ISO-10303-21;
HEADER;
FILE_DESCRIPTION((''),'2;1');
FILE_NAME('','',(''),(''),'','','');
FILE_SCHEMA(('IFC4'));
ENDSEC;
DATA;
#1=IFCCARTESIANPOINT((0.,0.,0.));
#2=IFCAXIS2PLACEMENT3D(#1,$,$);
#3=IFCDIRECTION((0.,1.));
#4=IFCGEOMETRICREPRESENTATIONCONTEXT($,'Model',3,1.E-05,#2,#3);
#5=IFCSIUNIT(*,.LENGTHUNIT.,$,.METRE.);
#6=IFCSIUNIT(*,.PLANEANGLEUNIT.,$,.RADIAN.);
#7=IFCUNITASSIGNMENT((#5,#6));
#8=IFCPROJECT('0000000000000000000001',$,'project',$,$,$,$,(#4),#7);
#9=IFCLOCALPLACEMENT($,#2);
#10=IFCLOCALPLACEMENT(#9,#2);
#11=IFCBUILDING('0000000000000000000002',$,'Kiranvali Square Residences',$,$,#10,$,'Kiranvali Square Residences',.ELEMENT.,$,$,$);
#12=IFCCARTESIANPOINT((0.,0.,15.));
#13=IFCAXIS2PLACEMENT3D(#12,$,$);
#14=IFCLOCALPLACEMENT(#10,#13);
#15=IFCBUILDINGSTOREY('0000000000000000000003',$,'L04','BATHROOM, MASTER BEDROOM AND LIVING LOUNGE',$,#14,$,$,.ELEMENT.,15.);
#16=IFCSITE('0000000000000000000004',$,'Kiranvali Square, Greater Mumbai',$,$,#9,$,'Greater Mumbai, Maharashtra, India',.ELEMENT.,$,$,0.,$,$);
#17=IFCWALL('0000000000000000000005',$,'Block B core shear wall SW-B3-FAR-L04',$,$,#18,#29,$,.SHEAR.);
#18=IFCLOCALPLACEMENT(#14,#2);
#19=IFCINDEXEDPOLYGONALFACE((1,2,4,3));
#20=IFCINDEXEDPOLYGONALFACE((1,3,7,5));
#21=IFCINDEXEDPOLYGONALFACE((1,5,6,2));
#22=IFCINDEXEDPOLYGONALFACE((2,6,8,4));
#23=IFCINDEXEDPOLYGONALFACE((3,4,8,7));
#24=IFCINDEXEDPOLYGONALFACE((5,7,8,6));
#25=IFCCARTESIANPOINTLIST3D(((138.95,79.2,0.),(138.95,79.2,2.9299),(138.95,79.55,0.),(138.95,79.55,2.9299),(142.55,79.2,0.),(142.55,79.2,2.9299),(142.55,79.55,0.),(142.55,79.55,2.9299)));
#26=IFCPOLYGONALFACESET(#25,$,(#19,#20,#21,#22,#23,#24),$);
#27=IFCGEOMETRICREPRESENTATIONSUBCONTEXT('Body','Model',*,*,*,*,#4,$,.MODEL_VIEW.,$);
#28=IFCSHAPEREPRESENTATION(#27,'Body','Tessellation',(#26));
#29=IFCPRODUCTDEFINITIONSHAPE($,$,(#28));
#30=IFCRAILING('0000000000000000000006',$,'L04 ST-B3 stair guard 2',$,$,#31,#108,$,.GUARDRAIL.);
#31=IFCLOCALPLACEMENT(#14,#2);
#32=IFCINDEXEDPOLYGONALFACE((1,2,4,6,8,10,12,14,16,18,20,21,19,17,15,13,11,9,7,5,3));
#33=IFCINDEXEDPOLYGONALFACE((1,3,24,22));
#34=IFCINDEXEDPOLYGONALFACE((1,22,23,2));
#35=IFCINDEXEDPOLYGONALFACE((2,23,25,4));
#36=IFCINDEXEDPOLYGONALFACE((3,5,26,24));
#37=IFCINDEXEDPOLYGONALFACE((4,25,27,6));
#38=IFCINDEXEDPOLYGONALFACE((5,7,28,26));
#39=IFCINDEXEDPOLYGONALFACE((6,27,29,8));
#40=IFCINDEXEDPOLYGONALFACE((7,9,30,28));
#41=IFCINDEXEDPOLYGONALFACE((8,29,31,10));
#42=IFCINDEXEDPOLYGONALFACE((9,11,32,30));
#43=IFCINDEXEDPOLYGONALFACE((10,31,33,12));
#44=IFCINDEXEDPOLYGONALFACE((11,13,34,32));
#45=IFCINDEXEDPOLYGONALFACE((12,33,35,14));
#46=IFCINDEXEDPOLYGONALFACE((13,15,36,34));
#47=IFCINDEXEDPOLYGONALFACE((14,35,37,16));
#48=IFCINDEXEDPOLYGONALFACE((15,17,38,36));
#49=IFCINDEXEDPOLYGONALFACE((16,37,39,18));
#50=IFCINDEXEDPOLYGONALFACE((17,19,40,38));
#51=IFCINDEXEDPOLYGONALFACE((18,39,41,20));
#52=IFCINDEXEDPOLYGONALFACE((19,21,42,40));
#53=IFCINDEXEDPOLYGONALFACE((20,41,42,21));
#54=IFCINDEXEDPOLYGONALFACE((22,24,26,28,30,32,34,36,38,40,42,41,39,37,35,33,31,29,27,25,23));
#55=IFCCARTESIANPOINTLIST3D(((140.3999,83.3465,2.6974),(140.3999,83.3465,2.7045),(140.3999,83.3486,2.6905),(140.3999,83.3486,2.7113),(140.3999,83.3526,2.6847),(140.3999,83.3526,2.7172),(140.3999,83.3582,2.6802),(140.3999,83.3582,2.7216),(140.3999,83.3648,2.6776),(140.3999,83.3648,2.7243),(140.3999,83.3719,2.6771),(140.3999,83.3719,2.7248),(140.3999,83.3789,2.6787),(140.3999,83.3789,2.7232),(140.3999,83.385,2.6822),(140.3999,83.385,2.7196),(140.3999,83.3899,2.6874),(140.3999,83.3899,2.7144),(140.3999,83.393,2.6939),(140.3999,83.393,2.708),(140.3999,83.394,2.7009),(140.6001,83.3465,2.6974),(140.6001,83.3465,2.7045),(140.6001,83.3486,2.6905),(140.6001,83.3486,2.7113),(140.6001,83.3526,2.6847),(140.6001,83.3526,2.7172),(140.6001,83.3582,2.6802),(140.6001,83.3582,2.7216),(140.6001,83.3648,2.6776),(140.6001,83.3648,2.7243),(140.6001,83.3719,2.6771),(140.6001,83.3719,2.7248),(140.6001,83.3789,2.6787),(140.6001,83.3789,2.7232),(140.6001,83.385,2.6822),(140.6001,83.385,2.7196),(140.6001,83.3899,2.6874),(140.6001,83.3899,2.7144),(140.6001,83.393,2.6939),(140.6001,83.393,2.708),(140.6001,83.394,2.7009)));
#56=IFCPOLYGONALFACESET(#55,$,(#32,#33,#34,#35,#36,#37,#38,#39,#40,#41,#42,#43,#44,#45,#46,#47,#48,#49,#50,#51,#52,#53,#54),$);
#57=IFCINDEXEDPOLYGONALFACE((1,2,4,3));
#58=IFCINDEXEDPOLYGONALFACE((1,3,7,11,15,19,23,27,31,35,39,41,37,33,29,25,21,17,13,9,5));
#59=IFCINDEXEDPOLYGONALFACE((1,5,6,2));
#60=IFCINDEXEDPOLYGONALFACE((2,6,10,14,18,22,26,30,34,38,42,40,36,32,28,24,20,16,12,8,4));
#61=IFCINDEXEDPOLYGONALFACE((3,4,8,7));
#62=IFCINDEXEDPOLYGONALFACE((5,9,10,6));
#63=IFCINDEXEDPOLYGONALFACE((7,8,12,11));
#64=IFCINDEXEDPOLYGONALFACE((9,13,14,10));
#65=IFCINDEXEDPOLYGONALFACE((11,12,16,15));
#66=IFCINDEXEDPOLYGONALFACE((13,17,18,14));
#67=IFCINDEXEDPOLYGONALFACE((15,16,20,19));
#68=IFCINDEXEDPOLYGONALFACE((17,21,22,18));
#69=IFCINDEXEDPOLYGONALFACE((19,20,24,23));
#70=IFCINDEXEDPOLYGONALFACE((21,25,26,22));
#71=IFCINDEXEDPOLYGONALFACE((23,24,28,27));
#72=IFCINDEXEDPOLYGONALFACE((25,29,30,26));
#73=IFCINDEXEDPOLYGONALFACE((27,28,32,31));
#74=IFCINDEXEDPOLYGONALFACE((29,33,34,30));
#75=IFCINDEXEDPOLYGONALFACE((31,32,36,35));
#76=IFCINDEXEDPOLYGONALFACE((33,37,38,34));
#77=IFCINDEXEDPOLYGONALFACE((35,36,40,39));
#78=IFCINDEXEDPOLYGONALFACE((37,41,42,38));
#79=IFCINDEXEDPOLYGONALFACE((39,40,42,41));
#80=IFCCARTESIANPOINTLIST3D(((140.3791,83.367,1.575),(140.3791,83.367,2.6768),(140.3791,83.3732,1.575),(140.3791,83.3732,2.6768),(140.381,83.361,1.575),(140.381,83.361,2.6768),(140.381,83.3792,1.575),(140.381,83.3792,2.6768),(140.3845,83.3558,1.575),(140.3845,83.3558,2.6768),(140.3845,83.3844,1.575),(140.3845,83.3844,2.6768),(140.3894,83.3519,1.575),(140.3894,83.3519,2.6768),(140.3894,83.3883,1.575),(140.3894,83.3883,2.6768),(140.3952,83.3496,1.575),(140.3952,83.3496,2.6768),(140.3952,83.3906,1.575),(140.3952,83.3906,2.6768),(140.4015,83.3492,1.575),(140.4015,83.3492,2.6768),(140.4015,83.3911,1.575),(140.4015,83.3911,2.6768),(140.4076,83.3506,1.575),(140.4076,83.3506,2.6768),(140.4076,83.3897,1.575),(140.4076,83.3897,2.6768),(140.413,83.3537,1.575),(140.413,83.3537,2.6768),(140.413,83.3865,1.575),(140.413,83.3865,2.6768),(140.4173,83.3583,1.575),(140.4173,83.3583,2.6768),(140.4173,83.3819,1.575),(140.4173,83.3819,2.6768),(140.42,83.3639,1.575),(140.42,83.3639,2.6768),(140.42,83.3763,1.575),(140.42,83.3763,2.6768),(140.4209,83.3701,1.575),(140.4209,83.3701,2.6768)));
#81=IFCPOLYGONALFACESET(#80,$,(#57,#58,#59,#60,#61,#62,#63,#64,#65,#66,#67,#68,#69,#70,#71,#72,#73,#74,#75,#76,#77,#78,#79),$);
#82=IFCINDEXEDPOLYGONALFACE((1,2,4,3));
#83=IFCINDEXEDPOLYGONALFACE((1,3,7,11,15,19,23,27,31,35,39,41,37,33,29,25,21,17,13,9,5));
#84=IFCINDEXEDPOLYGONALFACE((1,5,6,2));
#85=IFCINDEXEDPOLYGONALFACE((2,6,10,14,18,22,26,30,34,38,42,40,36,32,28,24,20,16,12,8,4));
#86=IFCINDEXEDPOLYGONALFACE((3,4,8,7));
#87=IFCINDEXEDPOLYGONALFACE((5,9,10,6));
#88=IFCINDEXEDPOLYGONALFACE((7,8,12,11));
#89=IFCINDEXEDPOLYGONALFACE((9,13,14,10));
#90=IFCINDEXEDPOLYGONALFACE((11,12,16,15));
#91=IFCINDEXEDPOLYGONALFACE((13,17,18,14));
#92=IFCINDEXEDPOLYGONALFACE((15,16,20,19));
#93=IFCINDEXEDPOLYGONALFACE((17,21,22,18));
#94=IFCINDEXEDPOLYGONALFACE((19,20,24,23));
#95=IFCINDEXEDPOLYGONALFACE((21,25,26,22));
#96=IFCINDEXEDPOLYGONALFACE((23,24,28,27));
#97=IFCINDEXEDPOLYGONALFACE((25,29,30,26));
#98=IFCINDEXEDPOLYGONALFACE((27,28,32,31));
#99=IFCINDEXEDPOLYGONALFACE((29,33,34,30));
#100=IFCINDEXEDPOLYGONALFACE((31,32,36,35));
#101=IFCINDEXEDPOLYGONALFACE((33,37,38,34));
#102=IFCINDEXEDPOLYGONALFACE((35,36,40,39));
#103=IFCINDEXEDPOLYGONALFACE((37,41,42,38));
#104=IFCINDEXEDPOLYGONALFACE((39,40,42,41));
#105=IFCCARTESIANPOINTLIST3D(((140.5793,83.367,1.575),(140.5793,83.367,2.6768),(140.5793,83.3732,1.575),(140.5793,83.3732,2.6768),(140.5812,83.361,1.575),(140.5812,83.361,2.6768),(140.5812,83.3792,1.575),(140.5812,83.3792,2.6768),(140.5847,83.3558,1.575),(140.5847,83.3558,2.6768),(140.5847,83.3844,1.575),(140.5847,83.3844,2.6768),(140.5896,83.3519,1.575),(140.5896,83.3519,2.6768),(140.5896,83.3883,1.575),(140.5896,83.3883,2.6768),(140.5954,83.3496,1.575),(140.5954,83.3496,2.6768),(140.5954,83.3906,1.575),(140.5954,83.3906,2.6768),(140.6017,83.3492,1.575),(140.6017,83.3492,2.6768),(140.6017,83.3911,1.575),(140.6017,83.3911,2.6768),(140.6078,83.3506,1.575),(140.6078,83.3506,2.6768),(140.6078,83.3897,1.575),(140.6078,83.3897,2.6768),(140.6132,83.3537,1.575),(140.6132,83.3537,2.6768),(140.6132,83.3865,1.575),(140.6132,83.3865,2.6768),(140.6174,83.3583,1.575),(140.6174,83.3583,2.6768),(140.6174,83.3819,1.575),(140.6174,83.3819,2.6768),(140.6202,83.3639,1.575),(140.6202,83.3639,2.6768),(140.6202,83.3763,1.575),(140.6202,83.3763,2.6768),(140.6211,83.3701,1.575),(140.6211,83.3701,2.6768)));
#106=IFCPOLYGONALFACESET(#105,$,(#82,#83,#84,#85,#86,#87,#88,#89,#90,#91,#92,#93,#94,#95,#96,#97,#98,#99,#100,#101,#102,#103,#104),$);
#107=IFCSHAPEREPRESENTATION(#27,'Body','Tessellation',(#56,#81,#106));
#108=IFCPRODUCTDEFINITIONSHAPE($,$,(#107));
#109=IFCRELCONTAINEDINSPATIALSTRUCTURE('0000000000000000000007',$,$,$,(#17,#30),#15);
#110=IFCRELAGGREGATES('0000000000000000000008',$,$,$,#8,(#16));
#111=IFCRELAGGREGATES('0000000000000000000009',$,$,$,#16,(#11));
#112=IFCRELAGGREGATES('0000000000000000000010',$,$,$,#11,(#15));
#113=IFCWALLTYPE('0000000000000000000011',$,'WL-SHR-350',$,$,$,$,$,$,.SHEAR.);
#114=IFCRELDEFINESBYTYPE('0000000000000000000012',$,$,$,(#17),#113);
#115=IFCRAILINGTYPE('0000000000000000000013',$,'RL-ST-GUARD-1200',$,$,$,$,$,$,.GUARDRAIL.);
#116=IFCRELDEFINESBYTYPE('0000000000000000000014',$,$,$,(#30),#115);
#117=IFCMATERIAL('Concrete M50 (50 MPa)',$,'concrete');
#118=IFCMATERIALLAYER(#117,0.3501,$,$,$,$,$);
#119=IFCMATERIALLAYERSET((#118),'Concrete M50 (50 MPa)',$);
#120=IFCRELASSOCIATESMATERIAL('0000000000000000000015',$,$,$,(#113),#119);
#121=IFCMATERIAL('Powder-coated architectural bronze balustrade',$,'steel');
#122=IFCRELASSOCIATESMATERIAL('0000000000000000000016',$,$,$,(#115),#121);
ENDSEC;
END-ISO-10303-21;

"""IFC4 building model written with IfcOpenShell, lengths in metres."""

from ifc_helpers import new_model, si_unit, direction, frame, frame_2d, origin, origin_2d, place, context, subcontext, project, spatial, rectangle, circle, extrude, material, layer, layer_set, type_object, element, save


model = new_model("IFC4")

# Units and contexts
model_context = context("Model", 3, precision=1e-05, world=origin(), true_north=direction((0.0, 1.0)))
body_context = subcontext(model_context, "Body", "Model", "MODEL_VIEW")
ifc_project = project(units=[si_unit("LENGTHUNIT", "METRE"), si_unit("PLANEANGLEUNIT", "RADIAN")], contexts=[model_context])

# Site, building, storey
site_placement = place(None, origin())
site = spatial("IfcSite", under=ifc_project, at=site_placement, Name="Kiranvali Square, Greater Mumbai", LongName="Greater Mumbai, Maharashtra, India", CompositionType="ELEMENT", RefElevation=0.0)
building_placement = place(site_placement, origin())
building = spatial("IfcBuilding", under=site, at=building_placement, Name="Kiranvali Square Residences", LongName="Kiranvali Square Residences", CompositionType="ELEMENT")
storey_placement = place(building_placement, frame((0.0, 0.0, 15.0)))
storey = spatial("IfcBuildingStorey", under=building, at=storey_placement, Name="L04", Description="BATHROOM, MASTER BEDROOM AND LIVING LOUNGE", CompositionType="ELEMENT", Elevation=15.0)

# Shared definitions
ifc_material_1 = material(Name="Concrete M50 (50 MPa)", Category="concrete")

# Wall
ifc_layer_1 = layer(ifc_material_1, 0.3501)
ifc_layer_set_1 = layer_set([ifc_layer_1], Name="Concrete M50 (50 MPa)")
wall_type_1 = type_object("IfcWallType", Name="WL-SHR-350", PredefinedType="SHEAR", material=ifc_layer_set_1)
wall_1_placement = place(storey_placement, frame((138.95, 79.375, 0.0), z_axis=(0.0, 0.0, 1.0), x_axis=(1.0, 0.0, 0.0)))
element("IfcWall", 1, at=wall_1_placement, inside=storey, type_object=wall_type_1, Name="Block B core shear wall SW-B3-FAR-L04", PredefinedType="SHEAR", context=body_context, shape_type="SweptSolid", body=[
    extrude(rectangle(XDim=3.6001, YDim=0.3501, at=frame_2d((1.8, 0.0))), origin(), (0.0, 0.0, 1.0), 2.9299),
])

# Railing
ifc_material_2 = material(Name="Powder-coated architectural bronze balustrade", Category="steel")
railing_type = type_object("IfcRailingType", Name="RL-ST-GUARD-1200", PredefinedType="GUARDRAIL", material=ifc_material_2)
railing_1_placement = place(storey_placement, frame((140.3999, 83.3701, 1.575)))
element("IfcRailing", 2, at=railing_1_placement, inside=storey, type_object=railing_type, Name="L04 ST-B3 stair guard 2", PredefinedType="GUARDRAIL", context=body_context, shape_type="SweptSolid", body=[
    extrude(circle(Radius=0.0239, at=origin_2d()), frame((0.0, 0.0, 1.126), z_axis=(1.0, 0.0, 0.0), x_axis=(0.0, 1.0, 0.0)), (0.0, 0.0, 1.0), 0.2002),
    extrude(circle(Radius=0.021, at=origin_2d()), origin(), (0.0, 0.0, 1.0), 1.1018),
    extrude(circle(Radius=0.021, at=origin_2d()), frame((0.2002, 0.0, 0.0)), (0.0, 0.0, 1.0), 1.1018),
])

save(model, "model.ifc")
